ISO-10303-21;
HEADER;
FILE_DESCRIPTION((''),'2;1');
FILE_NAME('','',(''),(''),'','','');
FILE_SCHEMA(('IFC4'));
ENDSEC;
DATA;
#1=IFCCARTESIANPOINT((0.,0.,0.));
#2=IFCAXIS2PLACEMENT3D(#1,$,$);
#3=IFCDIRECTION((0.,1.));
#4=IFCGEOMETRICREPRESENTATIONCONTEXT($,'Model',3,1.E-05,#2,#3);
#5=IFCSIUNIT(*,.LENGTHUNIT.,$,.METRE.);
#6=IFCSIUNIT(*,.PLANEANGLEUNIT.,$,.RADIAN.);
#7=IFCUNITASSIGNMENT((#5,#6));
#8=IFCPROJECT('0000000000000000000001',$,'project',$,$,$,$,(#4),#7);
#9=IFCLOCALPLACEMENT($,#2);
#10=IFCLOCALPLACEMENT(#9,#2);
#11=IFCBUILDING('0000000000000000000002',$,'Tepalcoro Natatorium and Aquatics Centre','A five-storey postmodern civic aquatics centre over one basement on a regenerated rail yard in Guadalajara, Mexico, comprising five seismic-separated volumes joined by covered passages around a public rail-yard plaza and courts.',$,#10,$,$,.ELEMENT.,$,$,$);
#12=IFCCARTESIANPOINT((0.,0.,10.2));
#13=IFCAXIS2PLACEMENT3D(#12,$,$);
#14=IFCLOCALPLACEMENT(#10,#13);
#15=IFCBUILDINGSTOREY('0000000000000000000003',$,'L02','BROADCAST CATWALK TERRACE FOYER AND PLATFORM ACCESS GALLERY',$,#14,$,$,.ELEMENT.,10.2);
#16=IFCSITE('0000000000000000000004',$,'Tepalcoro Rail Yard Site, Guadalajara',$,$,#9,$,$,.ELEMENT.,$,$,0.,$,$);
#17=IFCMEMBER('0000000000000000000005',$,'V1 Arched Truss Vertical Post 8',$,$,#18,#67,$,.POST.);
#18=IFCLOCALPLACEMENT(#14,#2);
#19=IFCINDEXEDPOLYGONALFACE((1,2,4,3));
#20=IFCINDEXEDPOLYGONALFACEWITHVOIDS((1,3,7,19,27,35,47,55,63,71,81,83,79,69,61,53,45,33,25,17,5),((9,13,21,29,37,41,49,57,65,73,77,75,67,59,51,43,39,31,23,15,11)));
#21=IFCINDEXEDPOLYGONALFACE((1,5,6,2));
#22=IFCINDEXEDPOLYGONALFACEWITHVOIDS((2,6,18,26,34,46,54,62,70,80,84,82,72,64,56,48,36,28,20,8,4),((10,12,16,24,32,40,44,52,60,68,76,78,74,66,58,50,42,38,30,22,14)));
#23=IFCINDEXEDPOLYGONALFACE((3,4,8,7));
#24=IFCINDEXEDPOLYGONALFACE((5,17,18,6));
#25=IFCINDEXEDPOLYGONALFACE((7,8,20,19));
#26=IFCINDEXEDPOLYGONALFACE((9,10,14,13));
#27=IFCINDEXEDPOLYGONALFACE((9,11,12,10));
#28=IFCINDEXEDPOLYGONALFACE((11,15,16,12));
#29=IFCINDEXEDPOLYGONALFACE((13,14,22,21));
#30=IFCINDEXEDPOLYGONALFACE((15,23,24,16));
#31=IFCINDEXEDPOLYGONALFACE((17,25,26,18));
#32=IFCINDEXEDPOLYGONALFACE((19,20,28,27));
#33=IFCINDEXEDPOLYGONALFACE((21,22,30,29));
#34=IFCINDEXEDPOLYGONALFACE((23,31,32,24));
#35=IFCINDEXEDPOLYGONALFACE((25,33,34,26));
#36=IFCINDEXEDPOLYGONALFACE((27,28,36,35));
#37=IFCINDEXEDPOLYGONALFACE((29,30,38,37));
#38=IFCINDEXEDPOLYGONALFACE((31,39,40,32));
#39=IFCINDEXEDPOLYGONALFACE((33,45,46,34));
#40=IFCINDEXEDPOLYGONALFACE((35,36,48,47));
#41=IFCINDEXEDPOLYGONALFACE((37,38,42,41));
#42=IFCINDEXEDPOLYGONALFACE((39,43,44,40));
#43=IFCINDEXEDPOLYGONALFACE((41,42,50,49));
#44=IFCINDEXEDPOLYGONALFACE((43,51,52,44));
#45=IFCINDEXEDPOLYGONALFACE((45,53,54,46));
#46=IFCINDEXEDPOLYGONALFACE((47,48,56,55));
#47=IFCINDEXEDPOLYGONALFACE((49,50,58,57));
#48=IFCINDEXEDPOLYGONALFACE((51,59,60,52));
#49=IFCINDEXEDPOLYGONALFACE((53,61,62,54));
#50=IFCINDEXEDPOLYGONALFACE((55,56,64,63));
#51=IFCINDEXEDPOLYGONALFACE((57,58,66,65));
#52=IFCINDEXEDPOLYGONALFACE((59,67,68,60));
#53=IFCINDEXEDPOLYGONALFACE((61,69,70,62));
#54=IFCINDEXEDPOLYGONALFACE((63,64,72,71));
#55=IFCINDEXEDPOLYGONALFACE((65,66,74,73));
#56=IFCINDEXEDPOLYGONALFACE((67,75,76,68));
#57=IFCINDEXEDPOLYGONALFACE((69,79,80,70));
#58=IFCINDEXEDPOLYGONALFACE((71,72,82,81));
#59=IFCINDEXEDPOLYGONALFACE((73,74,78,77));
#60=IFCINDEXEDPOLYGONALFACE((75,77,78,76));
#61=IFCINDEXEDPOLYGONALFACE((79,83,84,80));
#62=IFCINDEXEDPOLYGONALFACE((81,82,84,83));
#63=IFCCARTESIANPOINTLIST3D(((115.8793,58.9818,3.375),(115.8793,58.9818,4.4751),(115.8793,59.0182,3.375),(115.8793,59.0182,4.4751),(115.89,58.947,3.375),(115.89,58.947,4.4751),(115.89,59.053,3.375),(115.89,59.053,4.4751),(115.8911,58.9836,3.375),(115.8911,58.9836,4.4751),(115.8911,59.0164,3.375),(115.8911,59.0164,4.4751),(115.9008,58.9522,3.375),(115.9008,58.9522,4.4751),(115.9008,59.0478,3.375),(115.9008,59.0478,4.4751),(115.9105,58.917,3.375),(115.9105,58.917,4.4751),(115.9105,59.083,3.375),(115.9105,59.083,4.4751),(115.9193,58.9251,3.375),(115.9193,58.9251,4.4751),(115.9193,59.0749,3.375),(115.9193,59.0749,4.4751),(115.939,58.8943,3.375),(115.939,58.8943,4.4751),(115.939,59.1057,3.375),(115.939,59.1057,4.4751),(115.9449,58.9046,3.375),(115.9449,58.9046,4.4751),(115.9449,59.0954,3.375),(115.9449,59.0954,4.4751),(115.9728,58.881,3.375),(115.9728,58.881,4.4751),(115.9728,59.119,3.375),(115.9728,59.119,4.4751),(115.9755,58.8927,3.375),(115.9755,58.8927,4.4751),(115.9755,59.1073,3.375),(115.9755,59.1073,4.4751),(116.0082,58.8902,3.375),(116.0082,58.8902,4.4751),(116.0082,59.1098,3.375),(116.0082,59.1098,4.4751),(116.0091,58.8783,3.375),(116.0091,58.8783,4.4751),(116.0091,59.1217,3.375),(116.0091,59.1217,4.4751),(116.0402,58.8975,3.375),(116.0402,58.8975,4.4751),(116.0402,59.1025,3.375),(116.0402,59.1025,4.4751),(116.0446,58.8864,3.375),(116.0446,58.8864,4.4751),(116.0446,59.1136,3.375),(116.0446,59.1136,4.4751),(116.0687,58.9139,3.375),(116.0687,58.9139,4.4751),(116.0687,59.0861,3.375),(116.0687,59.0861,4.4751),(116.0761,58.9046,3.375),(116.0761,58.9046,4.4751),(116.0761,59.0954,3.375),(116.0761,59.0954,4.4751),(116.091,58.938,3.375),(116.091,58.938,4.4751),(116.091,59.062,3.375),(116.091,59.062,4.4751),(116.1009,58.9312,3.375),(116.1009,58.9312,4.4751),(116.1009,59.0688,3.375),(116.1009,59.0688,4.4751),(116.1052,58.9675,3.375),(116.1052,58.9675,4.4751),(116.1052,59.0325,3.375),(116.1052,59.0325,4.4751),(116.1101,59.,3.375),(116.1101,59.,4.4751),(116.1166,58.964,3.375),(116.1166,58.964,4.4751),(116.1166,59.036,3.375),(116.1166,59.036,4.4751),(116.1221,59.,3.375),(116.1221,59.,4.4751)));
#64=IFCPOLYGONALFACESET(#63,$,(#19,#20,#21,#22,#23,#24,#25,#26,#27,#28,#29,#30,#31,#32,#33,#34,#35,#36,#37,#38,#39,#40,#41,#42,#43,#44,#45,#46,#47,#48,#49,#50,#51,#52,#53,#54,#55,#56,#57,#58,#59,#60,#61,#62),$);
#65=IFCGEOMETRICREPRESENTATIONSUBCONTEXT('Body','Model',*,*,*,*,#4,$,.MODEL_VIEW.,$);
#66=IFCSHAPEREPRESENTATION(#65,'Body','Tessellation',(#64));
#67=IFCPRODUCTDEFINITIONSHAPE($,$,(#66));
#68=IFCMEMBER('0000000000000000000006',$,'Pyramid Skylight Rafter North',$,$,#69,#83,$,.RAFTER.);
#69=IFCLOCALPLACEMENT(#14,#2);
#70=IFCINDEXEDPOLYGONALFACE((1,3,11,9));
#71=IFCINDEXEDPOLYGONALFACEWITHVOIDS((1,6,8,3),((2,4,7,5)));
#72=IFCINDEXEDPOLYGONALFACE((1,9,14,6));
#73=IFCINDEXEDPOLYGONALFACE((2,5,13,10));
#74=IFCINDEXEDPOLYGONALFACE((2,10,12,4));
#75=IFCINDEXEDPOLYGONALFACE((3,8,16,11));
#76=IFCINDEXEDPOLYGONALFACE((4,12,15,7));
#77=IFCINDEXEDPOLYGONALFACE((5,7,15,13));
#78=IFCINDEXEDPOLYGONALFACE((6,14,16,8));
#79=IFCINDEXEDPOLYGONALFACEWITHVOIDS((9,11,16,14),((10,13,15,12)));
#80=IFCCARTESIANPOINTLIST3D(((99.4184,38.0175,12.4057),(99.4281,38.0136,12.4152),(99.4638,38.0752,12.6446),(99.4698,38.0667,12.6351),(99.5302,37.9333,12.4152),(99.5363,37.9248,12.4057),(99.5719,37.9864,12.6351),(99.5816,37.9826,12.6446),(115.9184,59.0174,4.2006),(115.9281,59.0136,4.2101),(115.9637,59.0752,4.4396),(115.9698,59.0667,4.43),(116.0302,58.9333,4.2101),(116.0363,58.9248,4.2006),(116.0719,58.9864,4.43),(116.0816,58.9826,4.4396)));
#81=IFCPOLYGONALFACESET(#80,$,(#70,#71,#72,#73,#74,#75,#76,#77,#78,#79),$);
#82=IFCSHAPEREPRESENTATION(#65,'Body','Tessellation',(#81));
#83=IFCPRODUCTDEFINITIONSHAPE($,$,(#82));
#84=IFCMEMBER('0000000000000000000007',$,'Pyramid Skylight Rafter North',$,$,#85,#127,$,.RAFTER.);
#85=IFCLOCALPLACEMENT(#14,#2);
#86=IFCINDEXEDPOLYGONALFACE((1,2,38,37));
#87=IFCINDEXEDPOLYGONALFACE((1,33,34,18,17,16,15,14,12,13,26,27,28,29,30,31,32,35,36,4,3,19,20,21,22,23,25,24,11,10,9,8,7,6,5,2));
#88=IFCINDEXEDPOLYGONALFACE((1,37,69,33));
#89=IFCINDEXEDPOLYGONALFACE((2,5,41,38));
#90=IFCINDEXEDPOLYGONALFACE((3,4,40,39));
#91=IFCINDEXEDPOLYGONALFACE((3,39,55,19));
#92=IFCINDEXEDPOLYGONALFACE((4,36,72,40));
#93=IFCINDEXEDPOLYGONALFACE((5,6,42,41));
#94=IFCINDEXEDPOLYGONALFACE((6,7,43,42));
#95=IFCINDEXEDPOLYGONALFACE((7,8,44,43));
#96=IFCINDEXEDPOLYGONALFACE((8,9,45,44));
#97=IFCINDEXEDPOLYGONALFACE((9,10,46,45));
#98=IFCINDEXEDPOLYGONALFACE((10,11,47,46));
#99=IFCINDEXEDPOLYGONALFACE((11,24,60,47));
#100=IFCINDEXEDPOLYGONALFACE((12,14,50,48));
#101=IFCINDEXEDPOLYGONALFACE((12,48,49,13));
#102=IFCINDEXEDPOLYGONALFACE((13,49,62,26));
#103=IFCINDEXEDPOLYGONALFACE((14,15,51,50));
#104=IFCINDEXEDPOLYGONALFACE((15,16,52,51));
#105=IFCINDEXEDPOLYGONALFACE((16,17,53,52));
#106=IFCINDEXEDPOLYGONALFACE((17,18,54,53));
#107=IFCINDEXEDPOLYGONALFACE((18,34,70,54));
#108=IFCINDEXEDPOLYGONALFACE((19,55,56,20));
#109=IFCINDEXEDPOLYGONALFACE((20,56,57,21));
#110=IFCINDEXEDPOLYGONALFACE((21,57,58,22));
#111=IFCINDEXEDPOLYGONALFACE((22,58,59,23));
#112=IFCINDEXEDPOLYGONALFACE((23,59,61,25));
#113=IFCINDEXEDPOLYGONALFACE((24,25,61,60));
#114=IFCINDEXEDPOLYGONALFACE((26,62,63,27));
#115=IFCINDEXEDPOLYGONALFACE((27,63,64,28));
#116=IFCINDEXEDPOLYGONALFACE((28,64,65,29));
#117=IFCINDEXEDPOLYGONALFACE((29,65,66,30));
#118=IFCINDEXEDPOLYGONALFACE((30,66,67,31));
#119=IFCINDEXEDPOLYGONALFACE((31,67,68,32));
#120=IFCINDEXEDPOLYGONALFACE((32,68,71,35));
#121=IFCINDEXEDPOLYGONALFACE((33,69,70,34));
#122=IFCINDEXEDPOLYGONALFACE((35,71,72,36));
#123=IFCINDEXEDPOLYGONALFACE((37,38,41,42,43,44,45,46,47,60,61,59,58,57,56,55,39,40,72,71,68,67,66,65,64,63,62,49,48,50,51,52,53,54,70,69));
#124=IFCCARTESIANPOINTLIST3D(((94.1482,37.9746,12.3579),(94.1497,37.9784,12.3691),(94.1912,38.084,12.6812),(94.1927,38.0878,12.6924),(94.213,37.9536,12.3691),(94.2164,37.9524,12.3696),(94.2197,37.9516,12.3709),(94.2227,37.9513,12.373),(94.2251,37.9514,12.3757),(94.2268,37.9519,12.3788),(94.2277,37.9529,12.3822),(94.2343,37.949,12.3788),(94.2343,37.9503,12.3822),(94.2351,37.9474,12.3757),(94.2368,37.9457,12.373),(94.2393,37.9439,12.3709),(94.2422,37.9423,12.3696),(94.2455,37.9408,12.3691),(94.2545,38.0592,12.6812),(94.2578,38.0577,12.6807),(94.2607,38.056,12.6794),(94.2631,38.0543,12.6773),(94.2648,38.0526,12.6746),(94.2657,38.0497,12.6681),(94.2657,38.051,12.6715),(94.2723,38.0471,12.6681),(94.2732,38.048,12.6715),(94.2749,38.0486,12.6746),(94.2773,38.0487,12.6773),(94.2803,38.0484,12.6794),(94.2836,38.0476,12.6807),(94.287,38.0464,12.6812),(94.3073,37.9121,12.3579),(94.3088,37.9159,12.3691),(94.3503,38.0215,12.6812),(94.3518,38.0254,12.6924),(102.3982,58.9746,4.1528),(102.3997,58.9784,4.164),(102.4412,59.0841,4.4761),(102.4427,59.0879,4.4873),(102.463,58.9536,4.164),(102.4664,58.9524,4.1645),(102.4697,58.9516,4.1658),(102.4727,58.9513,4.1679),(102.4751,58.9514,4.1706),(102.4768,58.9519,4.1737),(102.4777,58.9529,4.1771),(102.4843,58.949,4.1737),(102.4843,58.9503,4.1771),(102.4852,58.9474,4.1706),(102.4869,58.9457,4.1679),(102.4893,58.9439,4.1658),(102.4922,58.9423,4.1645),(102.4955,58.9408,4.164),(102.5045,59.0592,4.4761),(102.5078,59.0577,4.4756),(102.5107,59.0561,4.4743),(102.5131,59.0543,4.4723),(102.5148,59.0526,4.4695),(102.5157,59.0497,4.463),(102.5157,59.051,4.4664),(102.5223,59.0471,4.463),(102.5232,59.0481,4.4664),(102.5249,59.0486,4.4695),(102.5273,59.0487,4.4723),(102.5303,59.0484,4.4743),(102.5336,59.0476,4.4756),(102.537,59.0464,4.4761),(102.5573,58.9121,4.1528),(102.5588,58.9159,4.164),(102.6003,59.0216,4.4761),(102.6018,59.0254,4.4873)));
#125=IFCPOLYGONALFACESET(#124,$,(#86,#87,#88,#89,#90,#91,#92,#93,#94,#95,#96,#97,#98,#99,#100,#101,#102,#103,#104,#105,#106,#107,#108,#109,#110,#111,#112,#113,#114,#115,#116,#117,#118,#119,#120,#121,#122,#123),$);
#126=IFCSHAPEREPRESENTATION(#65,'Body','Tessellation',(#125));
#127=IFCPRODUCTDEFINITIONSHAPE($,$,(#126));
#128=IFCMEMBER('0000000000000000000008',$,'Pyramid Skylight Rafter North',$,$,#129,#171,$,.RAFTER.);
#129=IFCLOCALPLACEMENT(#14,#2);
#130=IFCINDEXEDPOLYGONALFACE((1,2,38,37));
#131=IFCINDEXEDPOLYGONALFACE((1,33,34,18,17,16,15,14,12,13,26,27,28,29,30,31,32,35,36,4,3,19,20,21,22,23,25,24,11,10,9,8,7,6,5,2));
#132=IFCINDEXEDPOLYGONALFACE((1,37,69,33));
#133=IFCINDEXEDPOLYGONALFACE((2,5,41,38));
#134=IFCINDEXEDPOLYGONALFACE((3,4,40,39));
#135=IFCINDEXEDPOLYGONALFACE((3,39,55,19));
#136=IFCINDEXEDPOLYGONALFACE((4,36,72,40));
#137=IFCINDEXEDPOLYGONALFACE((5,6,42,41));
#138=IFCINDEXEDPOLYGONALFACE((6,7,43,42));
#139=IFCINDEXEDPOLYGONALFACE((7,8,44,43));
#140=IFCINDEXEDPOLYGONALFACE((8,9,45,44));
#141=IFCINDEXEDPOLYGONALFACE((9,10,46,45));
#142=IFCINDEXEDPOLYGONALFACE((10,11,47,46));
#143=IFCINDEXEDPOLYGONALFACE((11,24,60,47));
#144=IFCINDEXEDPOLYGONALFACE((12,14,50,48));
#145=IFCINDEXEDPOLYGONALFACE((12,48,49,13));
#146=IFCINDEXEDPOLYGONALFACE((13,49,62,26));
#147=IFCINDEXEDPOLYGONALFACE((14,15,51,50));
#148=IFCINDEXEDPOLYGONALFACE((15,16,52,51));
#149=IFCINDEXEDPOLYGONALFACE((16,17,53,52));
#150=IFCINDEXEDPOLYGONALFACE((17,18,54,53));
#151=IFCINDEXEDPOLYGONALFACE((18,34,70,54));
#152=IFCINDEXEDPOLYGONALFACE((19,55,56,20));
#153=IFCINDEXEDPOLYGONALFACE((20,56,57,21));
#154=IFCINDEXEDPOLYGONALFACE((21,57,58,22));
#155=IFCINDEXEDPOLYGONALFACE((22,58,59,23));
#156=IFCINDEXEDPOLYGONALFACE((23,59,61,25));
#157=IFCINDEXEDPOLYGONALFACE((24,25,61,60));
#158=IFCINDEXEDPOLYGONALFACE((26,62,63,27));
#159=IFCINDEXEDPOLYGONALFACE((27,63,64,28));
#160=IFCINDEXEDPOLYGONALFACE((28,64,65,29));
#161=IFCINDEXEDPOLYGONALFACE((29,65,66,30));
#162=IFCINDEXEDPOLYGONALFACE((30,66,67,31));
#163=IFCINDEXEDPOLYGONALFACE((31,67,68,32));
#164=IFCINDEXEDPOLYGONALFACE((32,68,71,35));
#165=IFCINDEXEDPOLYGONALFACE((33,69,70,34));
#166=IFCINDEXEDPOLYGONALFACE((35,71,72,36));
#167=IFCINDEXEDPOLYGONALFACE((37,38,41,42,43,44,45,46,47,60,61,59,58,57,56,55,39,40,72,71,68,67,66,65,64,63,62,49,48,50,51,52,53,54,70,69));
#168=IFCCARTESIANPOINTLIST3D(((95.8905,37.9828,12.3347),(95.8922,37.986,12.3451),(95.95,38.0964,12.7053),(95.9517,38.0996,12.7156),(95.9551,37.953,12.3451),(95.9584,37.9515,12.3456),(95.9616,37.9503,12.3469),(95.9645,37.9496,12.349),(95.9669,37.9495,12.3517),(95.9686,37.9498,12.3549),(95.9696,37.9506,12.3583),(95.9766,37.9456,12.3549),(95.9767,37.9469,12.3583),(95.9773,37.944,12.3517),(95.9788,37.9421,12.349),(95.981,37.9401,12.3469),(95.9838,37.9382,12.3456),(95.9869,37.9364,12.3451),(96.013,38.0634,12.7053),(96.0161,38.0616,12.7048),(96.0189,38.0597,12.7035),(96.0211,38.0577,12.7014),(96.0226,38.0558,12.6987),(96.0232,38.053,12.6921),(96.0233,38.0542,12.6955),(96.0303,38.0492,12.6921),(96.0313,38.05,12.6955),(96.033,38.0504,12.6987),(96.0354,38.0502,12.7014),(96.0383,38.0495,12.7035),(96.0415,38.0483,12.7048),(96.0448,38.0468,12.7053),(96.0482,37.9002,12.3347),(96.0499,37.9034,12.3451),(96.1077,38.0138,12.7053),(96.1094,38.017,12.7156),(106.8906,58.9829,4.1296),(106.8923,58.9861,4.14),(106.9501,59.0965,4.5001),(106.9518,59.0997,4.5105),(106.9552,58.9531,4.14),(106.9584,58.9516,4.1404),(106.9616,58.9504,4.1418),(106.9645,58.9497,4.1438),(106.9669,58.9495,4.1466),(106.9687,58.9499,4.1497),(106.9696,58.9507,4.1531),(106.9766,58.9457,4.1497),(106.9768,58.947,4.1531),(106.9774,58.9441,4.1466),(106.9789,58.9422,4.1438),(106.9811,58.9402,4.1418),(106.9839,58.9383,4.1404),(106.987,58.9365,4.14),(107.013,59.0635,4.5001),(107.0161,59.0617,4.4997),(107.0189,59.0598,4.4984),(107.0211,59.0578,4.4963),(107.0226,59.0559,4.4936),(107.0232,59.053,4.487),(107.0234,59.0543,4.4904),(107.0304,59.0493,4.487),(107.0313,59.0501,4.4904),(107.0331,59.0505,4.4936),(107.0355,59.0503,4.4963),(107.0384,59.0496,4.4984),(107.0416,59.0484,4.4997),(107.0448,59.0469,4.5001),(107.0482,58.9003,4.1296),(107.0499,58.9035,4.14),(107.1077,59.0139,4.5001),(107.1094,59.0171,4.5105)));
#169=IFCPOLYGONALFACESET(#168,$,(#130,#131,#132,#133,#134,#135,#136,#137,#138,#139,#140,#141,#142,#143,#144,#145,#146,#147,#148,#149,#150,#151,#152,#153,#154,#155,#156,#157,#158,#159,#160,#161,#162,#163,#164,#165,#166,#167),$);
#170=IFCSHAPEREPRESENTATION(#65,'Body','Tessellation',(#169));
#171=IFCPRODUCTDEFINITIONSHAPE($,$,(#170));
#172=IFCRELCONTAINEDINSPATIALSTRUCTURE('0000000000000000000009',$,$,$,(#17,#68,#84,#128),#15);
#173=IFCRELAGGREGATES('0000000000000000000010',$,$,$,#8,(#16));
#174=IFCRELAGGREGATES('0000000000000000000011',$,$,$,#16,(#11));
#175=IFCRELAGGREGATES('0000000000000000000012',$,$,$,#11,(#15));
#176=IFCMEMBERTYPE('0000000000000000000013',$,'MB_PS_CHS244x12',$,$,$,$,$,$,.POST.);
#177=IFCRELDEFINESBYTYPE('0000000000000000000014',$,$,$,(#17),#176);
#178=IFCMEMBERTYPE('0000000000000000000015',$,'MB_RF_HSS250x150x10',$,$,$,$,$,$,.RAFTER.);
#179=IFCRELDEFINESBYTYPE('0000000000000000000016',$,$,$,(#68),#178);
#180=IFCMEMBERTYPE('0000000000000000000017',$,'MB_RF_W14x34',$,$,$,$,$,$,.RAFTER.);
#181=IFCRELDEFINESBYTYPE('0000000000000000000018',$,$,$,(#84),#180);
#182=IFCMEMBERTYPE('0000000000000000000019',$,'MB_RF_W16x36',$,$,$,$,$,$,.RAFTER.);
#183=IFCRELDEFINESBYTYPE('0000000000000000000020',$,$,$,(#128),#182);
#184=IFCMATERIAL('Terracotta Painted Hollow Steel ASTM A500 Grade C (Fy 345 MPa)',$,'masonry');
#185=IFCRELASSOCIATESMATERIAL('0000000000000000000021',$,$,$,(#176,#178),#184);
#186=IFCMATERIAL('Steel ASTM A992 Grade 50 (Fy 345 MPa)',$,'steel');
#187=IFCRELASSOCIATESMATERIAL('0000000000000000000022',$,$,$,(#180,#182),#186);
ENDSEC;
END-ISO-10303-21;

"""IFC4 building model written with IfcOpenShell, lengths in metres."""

from ifc_helpers import new_model, si_unit, direction, frame, origin, origin_2d, place, context, subcontext, project, spatial, hollow_rectangle, hollow_circle, i_section, extrude, material, material_profile, profile_set, type_object, element, save


model = new_model("IFC4")

# Units and contexts
model_context = context("Model", 3, precision=1e-05, world=origin(), true_north=direction((0.0, 1.0)))
body_context = subcontext(model_context, "Body", "Model", "MODEL_VIEW")
ifc_project = project(units=[si_unit("LENGTHUNIT", "METRE"), si_unit("PLANEANGLEUNIT", "RADIAN")], contexts=[model_context])

# Site, building, storey
site_placement = place(None, origin())
site = spatial("IfcSite", under=ifc_project, at=site_placement, Name="Tepalcoro Rail Yard Site, Guadalajara", CompositionType="ELEMENT", RefElevation=0.0)
building_placement = place(site_placement, origin())
building = spatial("IfcBuilding", under=site, at=building_placement, Name="Tepalcoro Natatorium and Aquatics Centre", Description="A five-storey postmodern civic aquatics centre over one basement on a regenerated rail yard in Guadalajara, Mexico, comprising five seismic-separated volumes joined by covered passages around a public rail-yard plaza and courts.", CompositionType="ELEMENT")
storey_placement = place(building_placement, frame((0.0, 0.0, 10.2)))
storey = spatial("IfcBuildingStorey", under=building, at=storey_placement, Name="L02", Description="BROADCAST CATWALK TERRACE FOYER AND PLATFORM ACCESS GALLERY", CompositionType="ELEMENT", Elevation=10.2)

# Shared definitions
ifc_material_1 = material(Name="Steel ASTM A992 Grade 50 (Fy 345 MPa)", Category="steel")

# Members
ifc_material_2 = material(Name="Terracotta Painted Hollow Steel ASTM A500 Grade C (Fy 345 MPa)", Category="masonry")
ifc_material_profile_1 = material_profile(ifc_material_2, hollow_circle(Radius=0.1221, WallThickness=0.012, at=origin_2d()), Name="CHS244X12")
ifc_profile_set_1 = profile_set([ifc_material_profile_1], Name="Terracotta Painted Hollow Steel ASTM A500 Grade C (Fy 345 MPa)")
member_type_1 = type_object("IfcMemberType", Name="MB_PS_CHS244x12", PredefinedType="POST", material=ifc_profile_set_1)
member_1_placement = place(storey_placement, frame((116.0, 59.0, 3.375), z_axis=(0.0, 0.0, 1.0), x_axis=(1.0, 0.0, 0.0)))
element("IfcMember", 1, at=member_1_placement, inside=storey, type_object=member_type_1, Name="V1 Arched Truss Vertical Post 8", PredefinedType="POST", context=body_context, shape_type="SweptSolid", body=[
    extrude(hollow_circle(Radius=0.1221, WallThickness=0.012, at=origin_2d()), origin(), (0.0, 0.0, 1.0), 1.1001),
])
ifc_material_profile_2 = material_profile(ifc_material_2, hollow_rectangle(XDim=0.1499, YDim=0.25, WallThickness=0.01, at=origin_2d()), Name="HSS250X150X10")
ifc_profile_set_2 = profile_set([ifc_material_profile_2], Name="Terracotta Painted Hollow Steel ASTM A500 Grade C (Fy 345 MPa)")
member_type_2 = type_object("IfcMemberType", Name="MB_RF_HSS250x150x10", PredefinedType="RAFTER", material=ifc_profile_set_2)
member_2_placement = place(storey_placement, frame((116.0, 59.0, 4.3201), z_axis=(-0.590578, -0.751644, 0.293681), x_axis=(0.786318, -0.617822, 0.0)))
element("IfcMember", 2, at=member_2_placement, inside=storey, type_object=member_type_2, Name="Pyramid Skylight Rafter North", PredefinedType="RAFTER", context=body_context, shape_type="SweptSolid", body=[
    extrude(hollow_rectangle(XDim=0.1499, YDim=0.25, WallThickness=0.01, at=origin_2d()), origin(), (0.0, 0.0, 1.0), 27.9387),
])
ifc_material_profile_3 = material_profile(ifc_material_1, i_section(OverallWidth=0.1709, OverallDepth=0.356, WebThickness=0.0071, FlangeThickness=0.012, FilletRadius=0.0139, at=origin_2d()), Name="W14X34")
ifc_profile_set_3 = profile_set([ifc_material_profile_3], Name="Steel ASTM A992 Grade 50 (Fy 345 MPa)")
member_type_3 = type_object("IfcMemberType", Name="MB_RF_W14x34", PredefinedType="RAFTER", material=ifc_profile_set_3)
member_3_placement = place(storey_placement, frame((102.5, 59.0, 4.3201), z_axis=(-0.343635, -0.874707, 0.341764), x_axis=(0.930751, -0.365652, 0.0)))
element("IfcMember", 3, at=member_3_placement, inside=storey, type_object=member_type_3, Name="Pyramid Skylight Rafter North", PredefinedType="RAFTER", context=body_context, shape_type="SweptSolid", body=[
    extrude(i_section(OverallWidth=0.1709, OverallDepth=0.356, WebThickness=0.0071, FlangeThickness=0.012, FilletRadius=0.0139, at=origin_2d()), origin(), (0.0, 0.0, 1.0), 24.0081),
])
ifc_material_profile_4 = material_profile(ifc_material_1, i_section(OverallWidth=0.178, OverallDepth=0.4031, WebThickness=0.0081, FlangeThickness=0.011, FilletRadius=0.0139, at=origin_2d()), Name="W16X36")
ifc_profile_set_4 = profile_set([ifc_material_profile_4], Name="Steel ASTM A992 Grade 50 (Fy 345 MPa)")
member_type_4 = type_object("IfcMemberType", Name="MB_RF_W16x36", PredefinedType="RAFTER", material=ifc_profile_set_4)
member_4_placement = place(storey_placement, frame((107.0, 59.0, 4.3201), z_axis=(-0.438486, -0.83711, 0.327074), x_axis=(0.885832, -0.464007, 0.0)))
element("IfcMember", 4, at=member_4_placement, inside=storey, type_object=member_type_4, Name="Pyramid Skylight Rafter North", PredefinedType="RAFTER", context=body_context, shape_type="SweptSolid", body=[
    extrude(i_section(OverallWidth=0.178, OverallDepth=0.4031, WebThickness=0.0081, FlangeThickness=0.011, FilletRadius=0.0139, at=origin_2d()), origin(), (0.0, 0.0, 1.0), 25.0864),
])

save(model, "model.ifc")
